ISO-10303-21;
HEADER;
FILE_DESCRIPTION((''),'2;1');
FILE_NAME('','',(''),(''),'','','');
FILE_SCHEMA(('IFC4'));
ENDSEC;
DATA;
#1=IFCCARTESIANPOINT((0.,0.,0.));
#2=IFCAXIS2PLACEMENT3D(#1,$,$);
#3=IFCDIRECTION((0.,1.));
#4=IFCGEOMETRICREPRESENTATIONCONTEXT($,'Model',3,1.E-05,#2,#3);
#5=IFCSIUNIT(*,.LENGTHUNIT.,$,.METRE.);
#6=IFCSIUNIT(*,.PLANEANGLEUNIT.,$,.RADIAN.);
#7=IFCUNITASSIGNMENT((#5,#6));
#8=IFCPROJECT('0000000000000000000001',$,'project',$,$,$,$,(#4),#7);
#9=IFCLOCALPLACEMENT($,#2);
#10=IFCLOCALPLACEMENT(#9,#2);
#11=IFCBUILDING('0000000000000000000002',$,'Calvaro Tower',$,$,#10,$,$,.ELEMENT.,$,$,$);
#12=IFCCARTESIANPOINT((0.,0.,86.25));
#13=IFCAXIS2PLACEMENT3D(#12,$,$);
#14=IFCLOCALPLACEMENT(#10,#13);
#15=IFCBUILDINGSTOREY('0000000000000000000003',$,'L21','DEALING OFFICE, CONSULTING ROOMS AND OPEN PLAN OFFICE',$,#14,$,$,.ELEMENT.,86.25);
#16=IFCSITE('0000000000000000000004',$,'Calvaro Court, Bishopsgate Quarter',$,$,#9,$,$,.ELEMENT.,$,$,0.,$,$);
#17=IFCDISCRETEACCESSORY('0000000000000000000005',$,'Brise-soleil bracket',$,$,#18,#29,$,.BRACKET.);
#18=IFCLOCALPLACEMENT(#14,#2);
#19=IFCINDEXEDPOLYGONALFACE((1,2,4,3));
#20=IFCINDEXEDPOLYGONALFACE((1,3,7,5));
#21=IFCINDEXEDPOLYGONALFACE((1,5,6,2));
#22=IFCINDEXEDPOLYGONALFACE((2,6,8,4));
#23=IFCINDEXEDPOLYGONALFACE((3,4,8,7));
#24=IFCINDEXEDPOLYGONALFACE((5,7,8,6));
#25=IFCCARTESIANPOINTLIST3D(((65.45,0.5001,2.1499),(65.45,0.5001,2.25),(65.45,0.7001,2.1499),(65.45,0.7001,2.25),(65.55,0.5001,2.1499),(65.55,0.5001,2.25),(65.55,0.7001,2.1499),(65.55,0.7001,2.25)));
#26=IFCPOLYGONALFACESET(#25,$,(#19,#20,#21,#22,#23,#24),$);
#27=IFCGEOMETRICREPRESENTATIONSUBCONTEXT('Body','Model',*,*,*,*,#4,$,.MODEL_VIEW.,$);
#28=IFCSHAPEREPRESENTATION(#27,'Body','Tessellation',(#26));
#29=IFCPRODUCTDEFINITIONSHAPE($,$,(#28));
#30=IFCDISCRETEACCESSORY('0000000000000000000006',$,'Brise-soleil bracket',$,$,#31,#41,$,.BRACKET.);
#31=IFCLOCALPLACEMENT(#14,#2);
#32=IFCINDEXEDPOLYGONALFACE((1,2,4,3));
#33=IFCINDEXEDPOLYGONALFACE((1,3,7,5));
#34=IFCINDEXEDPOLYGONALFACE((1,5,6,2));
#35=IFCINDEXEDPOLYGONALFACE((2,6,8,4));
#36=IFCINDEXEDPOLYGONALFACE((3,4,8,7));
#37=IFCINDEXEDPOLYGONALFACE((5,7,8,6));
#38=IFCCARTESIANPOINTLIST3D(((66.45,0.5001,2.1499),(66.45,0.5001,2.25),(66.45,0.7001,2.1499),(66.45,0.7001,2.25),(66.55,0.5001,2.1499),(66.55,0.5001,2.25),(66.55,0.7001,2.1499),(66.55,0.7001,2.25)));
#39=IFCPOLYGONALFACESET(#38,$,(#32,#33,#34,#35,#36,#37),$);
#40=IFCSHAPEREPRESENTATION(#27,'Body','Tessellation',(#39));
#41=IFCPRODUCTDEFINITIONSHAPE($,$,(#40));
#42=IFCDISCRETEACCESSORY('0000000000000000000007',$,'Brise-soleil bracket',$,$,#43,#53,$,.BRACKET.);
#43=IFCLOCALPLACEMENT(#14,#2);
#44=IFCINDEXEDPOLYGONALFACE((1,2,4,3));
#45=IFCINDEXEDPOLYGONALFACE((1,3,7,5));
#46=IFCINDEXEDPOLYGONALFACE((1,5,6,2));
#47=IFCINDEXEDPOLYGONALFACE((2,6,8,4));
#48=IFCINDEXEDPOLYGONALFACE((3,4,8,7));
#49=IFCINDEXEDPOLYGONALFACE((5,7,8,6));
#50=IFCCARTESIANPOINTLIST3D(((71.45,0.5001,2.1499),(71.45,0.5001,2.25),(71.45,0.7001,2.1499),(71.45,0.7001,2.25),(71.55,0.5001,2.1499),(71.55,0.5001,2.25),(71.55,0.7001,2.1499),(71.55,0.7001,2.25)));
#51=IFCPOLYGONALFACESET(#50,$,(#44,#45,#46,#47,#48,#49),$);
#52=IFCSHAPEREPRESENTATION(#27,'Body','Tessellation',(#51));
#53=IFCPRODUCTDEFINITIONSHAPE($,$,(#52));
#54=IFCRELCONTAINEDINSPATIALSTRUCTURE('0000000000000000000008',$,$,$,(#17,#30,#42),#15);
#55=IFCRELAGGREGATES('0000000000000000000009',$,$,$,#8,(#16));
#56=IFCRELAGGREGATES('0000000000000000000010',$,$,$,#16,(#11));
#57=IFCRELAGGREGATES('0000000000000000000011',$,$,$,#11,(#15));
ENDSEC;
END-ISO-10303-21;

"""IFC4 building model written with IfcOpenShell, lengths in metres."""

from ifc_helpers import new_model, si_unit, direction, frame, origin, origin_2d, place, context, subcontext, project, spatial, rectangle, extrude, element, save


model = new_model("IFC4")

# Units and contexts
model_context = context("Model", 3, precision=1e-05, world=origin(), true_north=direction((0.0, 1.0)))
body_context = subcontext(model_context, "Body", "Model", "MODEL_VIEW")
ifc_project = project(units=[si_unit("LENGTHUNIT", "METRE"), si_unit("PLANEANGLEUNIT", "RADIAN")], contexts=[model_context])

# Site, building, storey
site_placement = place(None, origin())
site = spatial("IfcSite", under=ifc_project, at=site_placement, Name="Calvaro Court, Bishopsgate Quarter", CompositionType="ELEMENT", RefElevation=0.0)
building_placement = place(site_placement, origin())
building = spatial("IfcBuilding", under=site, at=building_placement, Name="Calvaro Tower", CompositionType="ELEMENT")
storey_placement = place(building_placement, frame((0.0, 0.0, 86.25)))
storey = spatial("IfcBuildingStorey", under=building, at=storey_placement, Name="L21", Description="DEALING OFFICE, CONSULTING ROOMS AND OPEN PLAN OFFICE", CompositionType="ELEMENT", Elevation=86.25)

# Discrete accessories
for number, where, z_axis, x_axis, name in (
    (1, (65.5, 0.6001, 2.1499), (0.0, 0.0, 1.0), (1.0, 0.0, 0.0), "Brise-soleil bracket"),
    (2, (66.5, 0.6001, 2.1499), (0.0, 0.0, 1.0), (1.0, 0.0, 0.0), "Brise-soleil bracket"),
    (3, (71.5, 0.6001, 2.1499), (0.0, 0.0, 1.0), (1.0, 0.0, 0.0), "Brise-soleil bracket"),
):
    element("IfcDiscreteAccessory", number, at=place(storey_placement, frame(where, z_axis=z_axis, x_axis=x_axis)), inside=storey, Name=name, PredefinedType="BRACKET", context=body_context, shape_type="SweptSolid", body=[
        extrude(rectangle(XDim=0.1001, YDim=0.2, at=origin_2d()), origin(), (0.0, 0.0, 1.0), 0.1001),
    ])

save(model, "model.ifc")
